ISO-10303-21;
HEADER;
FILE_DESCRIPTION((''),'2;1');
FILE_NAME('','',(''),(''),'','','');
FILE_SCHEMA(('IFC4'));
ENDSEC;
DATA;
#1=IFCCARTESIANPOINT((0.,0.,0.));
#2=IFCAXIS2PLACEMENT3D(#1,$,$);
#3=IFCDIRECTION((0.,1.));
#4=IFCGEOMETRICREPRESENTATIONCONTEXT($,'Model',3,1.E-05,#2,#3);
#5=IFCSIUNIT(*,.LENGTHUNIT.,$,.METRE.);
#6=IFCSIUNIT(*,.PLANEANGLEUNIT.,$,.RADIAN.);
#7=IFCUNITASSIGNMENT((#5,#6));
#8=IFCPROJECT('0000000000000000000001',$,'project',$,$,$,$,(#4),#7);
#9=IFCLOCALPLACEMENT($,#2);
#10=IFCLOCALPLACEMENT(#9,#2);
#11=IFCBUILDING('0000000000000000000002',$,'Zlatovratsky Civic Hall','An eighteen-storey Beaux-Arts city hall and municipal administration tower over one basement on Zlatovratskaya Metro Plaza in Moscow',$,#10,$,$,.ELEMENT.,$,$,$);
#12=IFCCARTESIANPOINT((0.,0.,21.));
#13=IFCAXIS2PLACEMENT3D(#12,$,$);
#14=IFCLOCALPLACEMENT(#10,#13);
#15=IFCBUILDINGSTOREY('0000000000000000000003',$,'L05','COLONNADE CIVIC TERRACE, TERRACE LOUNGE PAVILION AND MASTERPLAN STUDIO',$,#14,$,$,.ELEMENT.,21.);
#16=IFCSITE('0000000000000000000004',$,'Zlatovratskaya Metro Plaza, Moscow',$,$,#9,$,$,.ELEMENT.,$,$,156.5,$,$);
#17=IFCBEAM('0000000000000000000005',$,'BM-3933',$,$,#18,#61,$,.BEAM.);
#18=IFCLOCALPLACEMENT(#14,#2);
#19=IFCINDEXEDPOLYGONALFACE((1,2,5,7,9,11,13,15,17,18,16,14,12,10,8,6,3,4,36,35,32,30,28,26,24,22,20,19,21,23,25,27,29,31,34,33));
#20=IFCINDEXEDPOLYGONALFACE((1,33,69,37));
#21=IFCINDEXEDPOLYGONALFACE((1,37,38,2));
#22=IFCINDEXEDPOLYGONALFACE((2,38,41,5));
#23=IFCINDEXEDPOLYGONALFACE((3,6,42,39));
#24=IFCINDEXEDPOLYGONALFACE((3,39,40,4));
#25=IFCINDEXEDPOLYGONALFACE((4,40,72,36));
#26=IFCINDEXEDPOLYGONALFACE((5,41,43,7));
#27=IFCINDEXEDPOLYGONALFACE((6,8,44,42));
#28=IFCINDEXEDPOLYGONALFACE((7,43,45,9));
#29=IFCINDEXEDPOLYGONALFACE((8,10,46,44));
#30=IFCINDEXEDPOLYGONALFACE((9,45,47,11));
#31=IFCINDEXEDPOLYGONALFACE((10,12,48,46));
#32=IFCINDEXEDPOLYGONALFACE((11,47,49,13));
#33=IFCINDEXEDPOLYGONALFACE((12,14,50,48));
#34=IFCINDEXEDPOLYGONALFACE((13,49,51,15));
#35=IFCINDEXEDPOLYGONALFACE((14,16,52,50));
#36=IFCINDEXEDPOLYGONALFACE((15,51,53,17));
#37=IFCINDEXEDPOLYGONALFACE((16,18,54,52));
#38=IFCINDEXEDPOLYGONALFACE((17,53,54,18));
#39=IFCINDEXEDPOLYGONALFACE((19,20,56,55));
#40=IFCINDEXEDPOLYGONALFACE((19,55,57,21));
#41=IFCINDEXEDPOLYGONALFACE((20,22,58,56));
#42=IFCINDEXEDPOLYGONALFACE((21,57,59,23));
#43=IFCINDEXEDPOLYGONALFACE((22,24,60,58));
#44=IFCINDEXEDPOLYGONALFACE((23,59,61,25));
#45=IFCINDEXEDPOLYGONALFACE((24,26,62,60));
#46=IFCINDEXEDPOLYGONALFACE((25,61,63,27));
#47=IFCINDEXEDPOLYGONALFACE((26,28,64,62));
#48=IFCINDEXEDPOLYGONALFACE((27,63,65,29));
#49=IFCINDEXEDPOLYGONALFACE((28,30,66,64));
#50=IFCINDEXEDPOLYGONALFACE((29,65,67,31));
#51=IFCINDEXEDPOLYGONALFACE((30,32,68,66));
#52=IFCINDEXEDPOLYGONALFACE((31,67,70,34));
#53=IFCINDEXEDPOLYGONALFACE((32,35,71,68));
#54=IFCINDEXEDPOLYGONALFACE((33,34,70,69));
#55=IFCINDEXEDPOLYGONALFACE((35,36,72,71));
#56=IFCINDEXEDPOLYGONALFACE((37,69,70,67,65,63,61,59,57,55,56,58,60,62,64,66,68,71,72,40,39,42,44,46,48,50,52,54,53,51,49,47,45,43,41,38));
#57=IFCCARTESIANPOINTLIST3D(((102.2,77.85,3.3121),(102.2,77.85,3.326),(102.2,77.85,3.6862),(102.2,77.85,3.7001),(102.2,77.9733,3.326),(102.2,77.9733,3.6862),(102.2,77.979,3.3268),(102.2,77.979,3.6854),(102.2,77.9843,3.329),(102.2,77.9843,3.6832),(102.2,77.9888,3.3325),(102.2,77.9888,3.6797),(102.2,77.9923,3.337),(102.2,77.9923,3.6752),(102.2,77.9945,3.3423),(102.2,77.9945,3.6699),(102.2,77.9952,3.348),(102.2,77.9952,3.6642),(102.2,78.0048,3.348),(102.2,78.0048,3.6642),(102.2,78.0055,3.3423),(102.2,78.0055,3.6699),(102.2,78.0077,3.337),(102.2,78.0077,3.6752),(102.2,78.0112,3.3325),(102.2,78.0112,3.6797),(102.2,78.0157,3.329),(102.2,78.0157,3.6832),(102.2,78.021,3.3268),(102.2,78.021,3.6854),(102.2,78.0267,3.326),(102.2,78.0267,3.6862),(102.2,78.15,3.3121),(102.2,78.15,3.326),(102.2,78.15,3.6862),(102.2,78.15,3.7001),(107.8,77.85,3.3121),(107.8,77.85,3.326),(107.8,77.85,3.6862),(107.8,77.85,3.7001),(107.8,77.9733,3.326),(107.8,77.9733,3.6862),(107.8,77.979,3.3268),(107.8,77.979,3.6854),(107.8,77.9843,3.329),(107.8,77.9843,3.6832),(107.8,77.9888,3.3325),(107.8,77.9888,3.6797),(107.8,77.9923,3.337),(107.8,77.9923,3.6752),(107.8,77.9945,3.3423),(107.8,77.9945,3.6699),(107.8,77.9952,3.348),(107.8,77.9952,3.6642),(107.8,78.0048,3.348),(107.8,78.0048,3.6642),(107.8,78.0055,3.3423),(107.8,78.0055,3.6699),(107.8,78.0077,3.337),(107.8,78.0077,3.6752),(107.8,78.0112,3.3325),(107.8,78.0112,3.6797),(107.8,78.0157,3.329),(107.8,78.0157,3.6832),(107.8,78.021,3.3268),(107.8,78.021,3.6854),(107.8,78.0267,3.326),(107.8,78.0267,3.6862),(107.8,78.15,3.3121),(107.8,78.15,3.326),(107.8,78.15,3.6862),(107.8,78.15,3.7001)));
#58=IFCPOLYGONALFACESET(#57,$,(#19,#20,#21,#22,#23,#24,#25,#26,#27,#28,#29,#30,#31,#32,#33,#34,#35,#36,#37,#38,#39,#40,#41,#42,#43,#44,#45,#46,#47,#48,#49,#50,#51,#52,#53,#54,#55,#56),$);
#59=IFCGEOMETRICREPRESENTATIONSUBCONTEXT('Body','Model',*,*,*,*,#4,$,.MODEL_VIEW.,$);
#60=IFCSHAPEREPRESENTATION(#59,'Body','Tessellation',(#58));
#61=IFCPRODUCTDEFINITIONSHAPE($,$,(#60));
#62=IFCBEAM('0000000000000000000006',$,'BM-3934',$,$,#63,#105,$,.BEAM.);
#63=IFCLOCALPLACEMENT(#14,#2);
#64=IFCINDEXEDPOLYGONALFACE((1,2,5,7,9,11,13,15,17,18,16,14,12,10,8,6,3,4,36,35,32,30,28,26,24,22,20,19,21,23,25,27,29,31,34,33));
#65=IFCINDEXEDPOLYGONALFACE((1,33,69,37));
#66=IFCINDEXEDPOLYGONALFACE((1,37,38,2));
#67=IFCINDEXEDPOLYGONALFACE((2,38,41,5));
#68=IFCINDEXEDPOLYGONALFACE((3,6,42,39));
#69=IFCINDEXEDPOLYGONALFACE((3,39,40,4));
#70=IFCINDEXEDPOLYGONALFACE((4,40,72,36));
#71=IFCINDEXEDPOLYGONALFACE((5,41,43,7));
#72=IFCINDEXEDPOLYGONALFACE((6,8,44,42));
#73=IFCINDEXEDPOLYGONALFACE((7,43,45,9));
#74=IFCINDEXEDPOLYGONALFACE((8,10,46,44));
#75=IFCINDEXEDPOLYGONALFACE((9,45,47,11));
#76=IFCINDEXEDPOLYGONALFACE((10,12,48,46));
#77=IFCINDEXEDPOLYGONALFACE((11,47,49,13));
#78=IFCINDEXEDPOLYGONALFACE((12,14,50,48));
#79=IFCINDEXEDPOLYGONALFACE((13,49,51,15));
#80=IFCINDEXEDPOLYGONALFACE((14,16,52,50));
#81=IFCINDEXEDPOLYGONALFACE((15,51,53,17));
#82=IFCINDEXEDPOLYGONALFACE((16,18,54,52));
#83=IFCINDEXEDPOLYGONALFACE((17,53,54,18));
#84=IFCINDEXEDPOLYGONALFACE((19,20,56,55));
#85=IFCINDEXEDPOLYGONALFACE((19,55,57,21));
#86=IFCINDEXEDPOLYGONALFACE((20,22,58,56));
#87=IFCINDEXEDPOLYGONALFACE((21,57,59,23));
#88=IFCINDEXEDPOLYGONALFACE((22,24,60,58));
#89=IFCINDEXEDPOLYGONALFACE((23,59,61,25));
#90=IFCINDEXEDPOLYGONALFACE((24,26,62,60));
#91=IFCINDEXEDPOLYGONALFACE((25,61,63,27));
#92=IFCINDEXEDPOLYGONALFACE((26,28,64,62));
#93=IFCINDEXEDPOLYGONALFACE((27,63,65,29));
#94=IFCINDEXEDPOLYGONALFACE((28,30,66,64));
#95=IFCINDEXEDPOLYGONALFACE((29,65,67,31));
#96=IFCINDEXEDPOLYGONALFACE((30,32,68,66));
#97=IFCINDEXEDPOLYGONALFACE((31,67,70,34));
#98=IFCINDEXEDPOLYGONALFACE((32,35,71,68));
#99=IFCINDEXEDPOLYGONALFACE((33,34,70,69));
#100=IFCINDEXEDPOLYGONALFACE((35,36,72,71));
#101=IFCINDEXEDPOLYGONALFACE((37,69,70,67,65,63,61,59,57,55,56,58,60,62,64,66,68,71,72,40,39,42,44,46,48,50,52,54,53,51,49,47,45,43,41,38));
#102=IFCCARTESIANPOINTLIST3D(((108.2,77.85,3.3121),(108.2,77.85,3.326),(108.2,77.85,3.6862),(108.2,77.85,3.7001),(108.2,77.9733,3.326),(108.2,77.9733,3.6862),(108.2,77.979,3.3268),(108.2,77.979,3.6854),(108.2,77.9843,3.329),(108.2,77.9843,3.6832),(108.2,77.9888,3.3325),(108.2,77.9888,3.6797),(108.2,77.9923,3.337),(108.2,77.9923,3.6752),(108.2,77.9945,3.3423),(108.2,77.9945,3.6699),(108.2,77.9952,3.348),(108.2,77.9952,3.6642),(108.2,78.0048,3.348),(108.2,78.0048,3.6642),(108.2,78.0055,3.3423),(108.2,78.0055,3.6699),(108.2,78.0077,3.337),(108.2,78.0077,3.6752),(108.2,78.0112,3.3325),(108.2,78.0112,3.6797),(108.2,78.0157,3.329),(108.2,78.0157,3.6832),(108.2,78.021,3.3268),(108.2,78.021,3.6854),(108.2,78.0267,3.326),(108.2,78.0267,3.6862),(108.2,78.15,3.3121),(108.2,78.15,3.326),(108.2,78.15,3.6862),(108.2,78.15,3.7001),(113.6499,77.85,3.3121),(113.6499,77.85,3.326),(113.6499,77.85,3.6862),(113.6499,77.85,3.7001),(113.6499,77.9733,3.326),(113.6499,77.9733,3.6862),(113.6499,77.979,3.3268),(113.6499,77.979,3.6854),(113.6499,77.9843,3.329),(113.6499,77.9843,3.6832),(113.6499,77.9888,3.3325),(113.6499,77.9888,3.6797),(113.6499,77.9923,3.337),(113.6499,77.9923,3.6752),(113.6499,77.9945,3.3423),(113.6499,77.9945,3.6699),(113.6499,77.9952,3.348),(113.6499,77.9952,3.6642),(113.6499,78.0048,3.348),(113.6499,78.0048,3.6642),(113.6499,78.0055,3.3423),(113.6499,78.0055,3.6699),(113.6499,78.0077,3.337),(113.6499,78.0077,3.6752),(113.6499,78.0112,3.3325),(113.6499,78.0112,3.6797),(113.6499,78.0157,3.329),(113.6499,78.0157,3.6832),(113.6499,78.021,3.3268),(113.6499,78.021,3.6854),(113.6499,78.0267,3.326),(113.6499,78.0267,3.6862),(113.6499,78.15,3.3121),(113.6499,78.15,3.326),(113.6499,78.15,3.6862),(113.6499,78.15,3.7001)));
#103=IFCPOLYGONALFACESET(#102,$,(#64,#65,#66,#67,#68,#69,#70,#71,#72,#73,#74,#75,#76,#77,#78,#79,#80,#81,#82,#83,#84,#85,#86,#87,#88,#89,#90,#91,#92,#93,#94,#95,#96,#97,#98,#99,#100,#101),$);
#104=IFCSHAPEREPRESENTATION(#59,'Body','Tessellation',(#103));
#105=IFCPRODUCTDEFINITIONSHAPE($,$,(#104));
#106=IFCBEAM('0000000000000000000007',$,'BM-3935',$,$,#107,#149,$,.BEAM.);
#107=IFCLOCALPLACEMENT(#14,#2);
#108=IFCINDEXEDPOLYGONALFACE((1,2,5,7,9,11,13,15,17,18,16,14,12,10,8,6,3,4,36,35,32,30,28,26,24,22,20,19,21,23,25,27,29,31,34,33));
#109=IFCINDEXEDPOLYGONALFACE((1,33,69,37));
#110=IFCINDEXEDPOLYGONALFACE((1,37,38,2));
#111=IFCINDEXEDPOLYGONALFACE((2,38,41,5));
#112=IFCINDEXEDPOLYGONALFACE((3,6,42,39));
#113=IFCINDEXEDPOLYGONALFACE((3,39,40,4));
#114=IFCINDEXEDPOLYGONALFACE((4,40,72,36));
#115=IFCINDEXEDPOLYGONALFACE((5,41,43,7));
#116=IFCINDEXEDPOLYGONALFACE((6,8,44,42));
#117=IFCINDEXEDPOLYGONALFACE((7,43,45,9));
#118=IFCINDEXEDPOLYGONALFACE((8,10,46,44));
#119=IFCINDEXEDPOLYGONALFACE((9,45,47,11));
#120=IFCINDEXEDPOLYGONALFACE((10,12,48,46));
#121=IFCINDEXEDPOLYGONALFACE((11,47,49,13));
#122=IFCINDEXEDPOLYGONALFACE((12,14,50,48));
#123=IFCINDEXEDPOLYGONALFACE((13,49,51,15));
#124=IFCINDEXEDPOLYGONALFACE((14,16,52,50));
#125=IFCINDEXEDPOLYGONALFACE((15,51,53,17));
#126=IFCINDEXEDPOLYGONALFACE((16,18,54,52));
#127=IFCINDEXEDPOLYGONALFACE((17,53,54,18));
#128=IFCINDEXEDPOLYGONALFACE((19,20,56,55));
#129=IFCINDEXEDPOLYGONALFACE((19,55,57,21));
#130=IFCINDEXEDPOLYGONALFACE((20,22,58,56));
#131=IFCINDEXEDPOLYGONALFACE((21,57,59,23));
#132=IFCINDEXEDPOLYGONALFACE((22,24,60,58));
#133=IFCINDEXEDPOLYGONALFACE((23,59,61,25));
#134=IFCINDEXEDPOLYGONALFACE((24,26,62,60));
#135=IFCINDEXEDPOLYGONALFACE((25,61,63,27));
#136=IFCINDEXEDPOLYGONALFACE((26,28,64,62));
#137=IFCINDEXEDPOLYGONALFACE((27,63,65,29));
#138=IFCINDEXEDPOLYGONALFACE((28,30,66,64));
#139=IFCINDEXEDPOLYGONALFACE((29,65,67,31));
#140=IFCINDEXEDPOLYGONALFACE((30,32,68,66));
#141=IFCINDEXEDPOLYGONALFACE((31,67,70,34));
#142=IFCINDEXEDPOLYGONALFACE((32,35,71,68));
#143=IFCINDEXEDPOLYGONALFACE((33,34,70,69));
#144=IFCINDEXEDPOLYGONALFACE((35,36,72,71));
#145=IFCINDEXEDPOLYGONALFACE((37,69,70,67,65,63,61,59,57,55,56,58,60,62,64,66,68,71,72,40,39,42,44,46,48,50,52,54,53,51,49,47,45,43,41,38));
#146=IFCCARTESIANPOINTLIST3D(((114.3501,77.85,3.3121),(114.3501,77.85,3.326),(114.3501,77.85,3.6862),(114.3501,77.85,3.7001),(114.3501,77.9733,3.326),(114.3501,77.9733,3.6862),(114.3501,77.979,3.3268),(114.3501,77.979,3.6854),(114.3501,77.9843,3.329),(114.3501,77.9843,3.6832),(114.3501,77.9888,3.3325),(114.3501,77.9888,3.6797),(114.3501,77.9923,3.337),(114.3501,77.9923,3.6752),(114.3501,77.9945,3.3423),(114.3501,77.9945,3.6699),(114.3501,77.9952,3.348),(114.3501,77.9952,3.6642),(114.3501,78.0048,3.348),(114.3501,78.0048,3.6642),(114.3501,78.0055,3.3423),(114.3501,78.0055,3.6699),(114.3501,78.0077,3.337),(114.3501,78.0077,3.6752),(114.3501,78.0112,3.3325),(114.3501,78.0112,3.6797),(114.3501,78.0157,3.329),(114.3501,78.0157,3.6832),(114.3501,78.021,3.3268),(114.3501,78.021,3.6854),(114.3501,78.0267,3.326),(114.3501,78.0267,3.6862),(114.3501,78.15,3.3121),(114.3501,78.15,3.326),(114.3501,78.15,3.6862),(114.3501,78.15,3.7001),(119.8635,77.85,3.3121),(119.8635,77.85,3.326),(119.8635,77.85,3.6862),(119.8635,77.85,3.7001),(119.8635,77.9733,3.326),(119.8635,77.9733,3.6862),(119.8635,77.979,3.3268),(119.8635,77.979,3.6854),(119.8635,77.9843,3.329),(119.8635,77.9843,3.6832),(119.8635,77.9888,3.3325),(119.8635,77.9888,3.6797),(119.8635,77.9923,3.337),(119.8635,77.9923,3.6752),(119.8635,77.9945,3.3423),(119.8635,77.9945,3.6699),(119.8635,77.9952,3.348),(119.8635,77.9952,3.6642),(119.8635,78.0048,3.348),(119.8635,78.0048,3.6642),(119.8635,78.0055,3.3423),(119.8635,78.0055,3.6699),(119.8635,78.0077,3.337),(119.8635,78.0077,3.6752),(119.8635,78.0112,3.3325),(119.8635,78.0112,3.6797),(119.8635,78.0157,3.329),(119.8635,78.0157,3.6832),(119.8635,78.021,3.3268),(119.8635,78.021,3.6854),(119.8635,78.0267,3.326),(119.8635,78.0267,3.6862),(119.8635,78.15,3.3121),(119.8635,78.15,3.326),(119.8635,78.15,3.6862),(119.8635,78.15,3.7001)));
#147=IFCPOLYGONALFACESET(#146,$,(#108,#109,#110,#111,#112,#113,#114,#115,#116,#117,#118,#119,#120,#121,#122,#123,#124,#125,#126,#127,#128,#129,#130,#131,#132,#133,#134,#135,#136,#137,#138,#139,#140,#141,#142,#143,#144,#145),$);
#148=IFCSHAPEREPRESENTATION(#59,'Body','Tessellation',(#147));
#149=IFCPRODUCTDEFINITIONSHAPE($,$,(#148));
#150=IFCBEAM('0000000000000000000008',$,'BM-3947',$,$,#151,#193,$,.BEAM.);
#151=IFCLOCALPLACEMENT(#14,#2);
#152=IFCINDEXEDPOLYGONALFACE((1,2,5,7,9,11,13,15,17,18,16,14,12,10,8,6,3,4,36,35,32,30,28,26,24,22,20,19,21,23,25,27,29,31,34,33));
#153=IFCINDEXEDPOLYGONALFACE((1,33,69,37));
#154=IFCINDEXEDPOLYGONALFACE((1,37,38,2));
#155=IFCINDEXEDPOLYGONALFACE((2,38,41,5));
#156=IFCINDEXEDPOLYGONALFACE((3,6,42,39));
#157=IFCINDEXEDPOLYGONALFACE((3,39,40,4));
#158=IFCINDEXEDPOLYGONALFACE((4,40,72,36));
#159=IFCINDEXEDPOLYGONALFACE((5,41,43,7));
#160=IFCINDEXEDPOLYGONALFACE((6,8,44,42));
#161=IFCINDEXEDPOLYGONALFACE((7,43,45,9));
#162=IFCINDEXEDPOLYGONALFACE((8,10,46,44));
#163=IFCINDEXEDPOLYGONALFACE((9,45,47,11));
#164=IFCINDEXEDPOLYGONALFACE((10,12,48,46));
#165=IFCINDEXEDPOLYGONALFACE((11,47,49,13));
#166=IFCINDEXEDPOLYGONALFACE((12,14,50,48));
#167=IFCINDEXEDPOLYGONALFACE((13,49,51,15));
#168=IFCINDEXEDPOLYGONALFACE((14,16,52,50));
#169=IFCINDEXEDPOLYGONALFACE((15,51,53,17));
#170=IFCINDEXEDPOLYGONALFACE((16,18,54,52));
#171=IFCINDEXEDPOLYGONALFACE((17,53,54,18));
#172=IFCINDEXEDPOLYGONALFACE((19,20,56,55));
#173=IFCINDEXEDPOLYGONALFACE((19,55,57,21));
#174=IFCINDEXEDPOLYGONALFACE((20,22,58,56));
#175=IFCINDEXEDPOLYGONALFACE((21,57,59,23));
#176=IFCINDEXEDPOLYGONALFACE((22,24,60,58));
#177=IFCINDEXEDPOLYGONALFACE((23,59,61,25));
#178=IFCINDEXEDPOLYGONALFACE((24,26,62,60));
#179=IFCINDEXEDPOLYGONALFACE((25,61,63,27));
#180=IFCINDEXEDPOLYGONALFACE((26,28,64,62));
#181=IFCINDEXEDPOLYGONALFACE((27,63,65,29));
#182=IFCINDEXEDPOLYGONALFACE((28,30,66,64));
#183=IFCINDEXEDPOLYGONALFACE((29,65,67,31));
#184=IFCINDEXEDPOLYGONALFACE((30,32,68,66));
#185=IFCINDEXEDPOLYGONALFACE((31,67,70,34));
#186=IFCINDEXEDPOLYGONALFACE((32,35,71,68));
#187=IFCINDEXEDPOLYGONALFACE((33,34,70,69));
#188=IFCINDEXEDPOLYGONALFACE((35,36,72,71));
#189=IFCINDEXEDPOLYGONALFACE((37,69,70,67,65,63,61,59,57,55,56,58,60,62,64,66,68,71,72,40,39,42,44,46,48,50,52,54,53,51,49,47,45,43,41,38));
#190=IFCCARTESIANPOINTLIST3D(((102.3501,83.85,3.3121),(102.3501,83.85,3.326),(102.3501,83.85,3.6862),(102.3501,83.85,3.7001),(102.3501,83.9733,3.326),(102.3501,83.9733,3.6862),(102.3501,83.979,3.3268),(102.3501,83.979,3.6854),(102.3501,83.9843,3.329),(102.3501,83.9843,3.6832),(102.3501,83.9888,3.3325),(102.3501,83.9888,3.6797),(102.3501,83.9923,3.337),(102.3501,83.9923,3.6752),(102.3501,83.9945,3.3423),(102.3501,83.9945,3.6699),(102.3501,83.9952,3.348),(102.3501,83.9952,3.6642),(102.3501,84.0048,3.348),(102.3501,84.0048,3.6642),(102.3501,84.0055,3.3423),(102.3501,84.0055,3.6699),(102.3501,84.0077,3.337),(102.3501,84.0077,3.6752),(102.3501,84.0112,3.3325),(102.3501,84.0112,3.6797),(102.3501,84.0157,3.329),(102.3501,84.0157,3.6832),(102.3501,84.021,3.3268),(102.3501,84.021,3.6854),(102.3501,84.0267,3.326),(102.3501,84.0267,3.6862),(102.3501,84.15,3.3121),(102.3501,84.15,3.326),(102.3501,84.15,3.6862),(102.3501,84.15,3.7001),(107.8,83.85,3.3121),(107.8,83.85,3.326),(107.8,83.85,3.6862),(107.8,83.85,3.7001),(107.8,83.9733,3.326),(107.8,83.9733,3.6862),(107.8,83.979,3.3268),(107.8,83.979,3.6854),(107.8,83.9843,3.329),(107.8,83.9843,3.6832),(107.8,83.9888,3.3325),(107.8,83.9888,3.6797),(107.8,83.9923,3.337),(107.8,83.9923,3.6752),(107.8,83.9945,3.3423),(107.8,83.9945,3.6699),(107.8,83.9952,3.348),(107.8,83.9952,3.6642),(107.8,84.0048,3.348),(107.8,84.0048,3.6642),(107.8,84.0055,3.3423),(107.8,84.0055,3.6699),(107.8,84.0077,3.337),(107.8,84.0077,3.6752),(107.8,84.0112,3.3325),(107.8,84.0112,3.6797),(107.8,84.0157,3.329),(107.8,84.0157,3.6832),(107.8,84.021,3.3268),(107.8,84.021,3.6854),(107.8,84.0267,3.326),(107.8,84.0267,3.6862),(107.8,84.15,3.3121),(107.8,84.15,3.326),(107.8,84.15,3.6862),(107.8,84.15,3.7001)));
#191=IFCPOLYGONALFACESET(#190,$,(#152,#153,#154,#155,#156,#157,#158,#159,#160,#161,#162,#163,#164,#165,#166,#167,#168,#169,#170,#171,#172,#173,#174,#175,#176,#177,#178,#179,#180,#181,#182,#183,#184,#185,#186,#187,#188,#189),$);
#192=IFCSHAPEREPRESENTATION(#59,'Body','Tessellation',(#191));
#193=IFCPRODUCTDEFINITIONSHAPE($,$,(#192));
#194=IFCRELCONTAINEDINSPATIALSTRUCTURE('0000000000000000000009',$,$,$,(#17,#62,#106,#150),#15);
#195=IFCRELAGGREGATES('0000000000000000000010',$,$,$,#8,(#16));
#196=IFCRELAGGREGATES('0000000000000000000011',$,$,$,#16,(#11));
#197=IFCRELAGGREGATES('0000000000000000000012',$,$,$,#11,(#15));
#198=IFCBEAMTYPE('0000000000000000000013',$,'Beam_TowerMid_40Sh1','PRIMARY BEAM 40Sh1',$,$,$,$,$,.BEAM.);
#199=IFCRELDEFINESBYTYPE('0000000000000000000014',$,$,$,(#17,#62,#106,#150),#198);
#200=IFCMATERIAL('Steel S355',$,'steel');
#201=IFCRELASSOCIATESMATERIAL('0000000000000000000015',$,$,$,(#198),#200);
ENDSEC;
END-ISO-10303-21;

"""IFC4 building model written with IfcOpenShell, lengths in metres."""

from ifc_helpers import new_model, si_unit, direction, frame, origin, origin_2d, place, context, subcontext, project, spatial, i_section, extrude, material, material_profile, profile_set, type_object, element, save


model = new_model("IFC4")

# Units and contexts
model_context = context("Model", 3, precision=1e-05, world=origin(), true_north=direction((0.0, 1.0)))
body_context = subcontext(model_context, "Body", "Model", "MODEL_VIEW")
ifc_project = project(units=[si_unit("LENGTHUNIT", "METRE"), si_unit("PLANEANGLEUNIT", "RADIAN")], contexts=[model_context])

# Site, building, storey
site_placement = place(None, origin())
site = spatial("IfcSite", under=ifc_project, at=site_placement, Name="Zlatovratskaya Metro Plaza, Moscow", CompositionType="ELEMENT", RefElevation=156.5)
building_placement = place(site_placement, origin())
building = spatial("IfcBuilding", under=site, at=building_placement, Name="Zlatovratsky Civic Hall", Description="An eighteen-storey Beaux-Arts city hall and municipal administration tower over one basement on Zlatovratskaya Metro Plaza in Moscow", CompositionType="ELEMENT")
storey_placement = place(building_placement, frame((0.0, 0.0, 21.0)))
storey = spatial("IfcBuildingStorey", under=building, at=storey_placement, Name="L05", Description="COLONNADE CIVIC TERRACE, TERRACE LOUNGE PAVILION AND MASTERPLAN STUDIO", CompositionType="ELEMENT", Elevation=21.0)

# Shared definitions
ifc_material_1 = material(Name="Steel S355", Category="steel")

# Beams
ifc_material_profile_1 = material_profile(ifc_material_1, i_section(OverallWidth=0.3, OverallDepth=0.3879, WebThickness=0.0095, FlangeThickness=0.0139, FilletRadius=0.022, at=origin_2d()), Name="40Sh1")
ifc_profile_set_1 = profile_set([ifc_material_profile_1], Name="Steel S355")
beam_type_1 = type_object("IfcBeamType", Name="Beam_TowerMid_40Sh1", Description="PRIMARY BEAM 40Sh1", PredefinedType="BEAM", material=ifc_profile_set_1)
beam_1_placement = place(storey_placement, frame((102.2, 78.0, 3.5061), z_axis=(1.0, 0.0, 0.0), x_axis=(0.0, 1.0, 0.0)))
element("IfcBeam", 1, at=beam_1_placement, inside=storey, type_object=beam_type_1, Name="BM-3933", PredefinedType="BEAM", context=body_context, shape_type="SweptSolid", body=[
    extrude(i_section(OverallWidth=0.3, OverallDepth=0.3879, WebThickness=0.0095, FlangeThickness=0.0139, FilletRadius=0.022, at=origin_2d()), origin(), (0.0, 0.0, 1.0), 5.6001),
])
beam_2_placement = place(storey_placement, frame((108.2, 78.0, 3.5061), z_axis=(1.0, 0.0, 0.0), x_axis=(0.0, 1.0, 0.0)))
element("IfcBeam", 2, at=beam_2_placement, inside=storey, type_object=beam_type_1, Name="BM-3934", PredefinedType="BEAM", context=body_context, shape_type="SweptSolid", body=[
    extrude(i_section(OverallWidth=0.3, OverallDepth=0.3879, WebThickness=0.0095, FlangeThickness=0.0139, FilletRadius=0.022, at=origin_2d()), origin(), (0.0, 0.0, 1.0), 5.45),
])
beam_3_placement = place(storey_placement, frame((114.3501, 78.0, 3.5061), z_axis=(1.0, 0.0, 0.0), x_axis=(0.0, 1.0, 0.0)))
element("IfcBeam", 3, at=beam_3_placement, inside=storey, type_object=beam_type_1, Name="BM-3935", PredefinedType="BEAM", context=body_context, shape_type="SweptSolid", body=[
    extrude(i_section(OverallWidth=0.3, OverallDepth=0.3879, WebThickness=0.0095, FlangeThickness=0.0139, FilletRadius=0.022, at=origin_2d()), origin(), (0.0, 0.0, 1.0), 5.5134),
])
for number, where, z_axis, x_axis, name in (
    (4, (102.3501, 84.0, 3.5061), (1.0, 0.0, 0.0), (0.0, 1.0, 0.0), "BM-3947"),
):
    element("IfcBeam", number, at=place(storey_placement, frame(where, z_axis=z_axis, x_axis=x_axis)), inside=storey, type_object=beam_type_1, Name=name, PredefinedType="BEAM", context=body_context, shape_type="SweptSolid", body=[
        extrude(i_section(OverallWidth=0.3, OverallDepth=0.3879, WebThickness=0.0095, FlangeThickness=0.0139, FilletRadius=0.022, at=origin_2d()), origin(), (0.0, 0.0, 1.0), 5.45),
    ])

save(model, "model.ifc")
